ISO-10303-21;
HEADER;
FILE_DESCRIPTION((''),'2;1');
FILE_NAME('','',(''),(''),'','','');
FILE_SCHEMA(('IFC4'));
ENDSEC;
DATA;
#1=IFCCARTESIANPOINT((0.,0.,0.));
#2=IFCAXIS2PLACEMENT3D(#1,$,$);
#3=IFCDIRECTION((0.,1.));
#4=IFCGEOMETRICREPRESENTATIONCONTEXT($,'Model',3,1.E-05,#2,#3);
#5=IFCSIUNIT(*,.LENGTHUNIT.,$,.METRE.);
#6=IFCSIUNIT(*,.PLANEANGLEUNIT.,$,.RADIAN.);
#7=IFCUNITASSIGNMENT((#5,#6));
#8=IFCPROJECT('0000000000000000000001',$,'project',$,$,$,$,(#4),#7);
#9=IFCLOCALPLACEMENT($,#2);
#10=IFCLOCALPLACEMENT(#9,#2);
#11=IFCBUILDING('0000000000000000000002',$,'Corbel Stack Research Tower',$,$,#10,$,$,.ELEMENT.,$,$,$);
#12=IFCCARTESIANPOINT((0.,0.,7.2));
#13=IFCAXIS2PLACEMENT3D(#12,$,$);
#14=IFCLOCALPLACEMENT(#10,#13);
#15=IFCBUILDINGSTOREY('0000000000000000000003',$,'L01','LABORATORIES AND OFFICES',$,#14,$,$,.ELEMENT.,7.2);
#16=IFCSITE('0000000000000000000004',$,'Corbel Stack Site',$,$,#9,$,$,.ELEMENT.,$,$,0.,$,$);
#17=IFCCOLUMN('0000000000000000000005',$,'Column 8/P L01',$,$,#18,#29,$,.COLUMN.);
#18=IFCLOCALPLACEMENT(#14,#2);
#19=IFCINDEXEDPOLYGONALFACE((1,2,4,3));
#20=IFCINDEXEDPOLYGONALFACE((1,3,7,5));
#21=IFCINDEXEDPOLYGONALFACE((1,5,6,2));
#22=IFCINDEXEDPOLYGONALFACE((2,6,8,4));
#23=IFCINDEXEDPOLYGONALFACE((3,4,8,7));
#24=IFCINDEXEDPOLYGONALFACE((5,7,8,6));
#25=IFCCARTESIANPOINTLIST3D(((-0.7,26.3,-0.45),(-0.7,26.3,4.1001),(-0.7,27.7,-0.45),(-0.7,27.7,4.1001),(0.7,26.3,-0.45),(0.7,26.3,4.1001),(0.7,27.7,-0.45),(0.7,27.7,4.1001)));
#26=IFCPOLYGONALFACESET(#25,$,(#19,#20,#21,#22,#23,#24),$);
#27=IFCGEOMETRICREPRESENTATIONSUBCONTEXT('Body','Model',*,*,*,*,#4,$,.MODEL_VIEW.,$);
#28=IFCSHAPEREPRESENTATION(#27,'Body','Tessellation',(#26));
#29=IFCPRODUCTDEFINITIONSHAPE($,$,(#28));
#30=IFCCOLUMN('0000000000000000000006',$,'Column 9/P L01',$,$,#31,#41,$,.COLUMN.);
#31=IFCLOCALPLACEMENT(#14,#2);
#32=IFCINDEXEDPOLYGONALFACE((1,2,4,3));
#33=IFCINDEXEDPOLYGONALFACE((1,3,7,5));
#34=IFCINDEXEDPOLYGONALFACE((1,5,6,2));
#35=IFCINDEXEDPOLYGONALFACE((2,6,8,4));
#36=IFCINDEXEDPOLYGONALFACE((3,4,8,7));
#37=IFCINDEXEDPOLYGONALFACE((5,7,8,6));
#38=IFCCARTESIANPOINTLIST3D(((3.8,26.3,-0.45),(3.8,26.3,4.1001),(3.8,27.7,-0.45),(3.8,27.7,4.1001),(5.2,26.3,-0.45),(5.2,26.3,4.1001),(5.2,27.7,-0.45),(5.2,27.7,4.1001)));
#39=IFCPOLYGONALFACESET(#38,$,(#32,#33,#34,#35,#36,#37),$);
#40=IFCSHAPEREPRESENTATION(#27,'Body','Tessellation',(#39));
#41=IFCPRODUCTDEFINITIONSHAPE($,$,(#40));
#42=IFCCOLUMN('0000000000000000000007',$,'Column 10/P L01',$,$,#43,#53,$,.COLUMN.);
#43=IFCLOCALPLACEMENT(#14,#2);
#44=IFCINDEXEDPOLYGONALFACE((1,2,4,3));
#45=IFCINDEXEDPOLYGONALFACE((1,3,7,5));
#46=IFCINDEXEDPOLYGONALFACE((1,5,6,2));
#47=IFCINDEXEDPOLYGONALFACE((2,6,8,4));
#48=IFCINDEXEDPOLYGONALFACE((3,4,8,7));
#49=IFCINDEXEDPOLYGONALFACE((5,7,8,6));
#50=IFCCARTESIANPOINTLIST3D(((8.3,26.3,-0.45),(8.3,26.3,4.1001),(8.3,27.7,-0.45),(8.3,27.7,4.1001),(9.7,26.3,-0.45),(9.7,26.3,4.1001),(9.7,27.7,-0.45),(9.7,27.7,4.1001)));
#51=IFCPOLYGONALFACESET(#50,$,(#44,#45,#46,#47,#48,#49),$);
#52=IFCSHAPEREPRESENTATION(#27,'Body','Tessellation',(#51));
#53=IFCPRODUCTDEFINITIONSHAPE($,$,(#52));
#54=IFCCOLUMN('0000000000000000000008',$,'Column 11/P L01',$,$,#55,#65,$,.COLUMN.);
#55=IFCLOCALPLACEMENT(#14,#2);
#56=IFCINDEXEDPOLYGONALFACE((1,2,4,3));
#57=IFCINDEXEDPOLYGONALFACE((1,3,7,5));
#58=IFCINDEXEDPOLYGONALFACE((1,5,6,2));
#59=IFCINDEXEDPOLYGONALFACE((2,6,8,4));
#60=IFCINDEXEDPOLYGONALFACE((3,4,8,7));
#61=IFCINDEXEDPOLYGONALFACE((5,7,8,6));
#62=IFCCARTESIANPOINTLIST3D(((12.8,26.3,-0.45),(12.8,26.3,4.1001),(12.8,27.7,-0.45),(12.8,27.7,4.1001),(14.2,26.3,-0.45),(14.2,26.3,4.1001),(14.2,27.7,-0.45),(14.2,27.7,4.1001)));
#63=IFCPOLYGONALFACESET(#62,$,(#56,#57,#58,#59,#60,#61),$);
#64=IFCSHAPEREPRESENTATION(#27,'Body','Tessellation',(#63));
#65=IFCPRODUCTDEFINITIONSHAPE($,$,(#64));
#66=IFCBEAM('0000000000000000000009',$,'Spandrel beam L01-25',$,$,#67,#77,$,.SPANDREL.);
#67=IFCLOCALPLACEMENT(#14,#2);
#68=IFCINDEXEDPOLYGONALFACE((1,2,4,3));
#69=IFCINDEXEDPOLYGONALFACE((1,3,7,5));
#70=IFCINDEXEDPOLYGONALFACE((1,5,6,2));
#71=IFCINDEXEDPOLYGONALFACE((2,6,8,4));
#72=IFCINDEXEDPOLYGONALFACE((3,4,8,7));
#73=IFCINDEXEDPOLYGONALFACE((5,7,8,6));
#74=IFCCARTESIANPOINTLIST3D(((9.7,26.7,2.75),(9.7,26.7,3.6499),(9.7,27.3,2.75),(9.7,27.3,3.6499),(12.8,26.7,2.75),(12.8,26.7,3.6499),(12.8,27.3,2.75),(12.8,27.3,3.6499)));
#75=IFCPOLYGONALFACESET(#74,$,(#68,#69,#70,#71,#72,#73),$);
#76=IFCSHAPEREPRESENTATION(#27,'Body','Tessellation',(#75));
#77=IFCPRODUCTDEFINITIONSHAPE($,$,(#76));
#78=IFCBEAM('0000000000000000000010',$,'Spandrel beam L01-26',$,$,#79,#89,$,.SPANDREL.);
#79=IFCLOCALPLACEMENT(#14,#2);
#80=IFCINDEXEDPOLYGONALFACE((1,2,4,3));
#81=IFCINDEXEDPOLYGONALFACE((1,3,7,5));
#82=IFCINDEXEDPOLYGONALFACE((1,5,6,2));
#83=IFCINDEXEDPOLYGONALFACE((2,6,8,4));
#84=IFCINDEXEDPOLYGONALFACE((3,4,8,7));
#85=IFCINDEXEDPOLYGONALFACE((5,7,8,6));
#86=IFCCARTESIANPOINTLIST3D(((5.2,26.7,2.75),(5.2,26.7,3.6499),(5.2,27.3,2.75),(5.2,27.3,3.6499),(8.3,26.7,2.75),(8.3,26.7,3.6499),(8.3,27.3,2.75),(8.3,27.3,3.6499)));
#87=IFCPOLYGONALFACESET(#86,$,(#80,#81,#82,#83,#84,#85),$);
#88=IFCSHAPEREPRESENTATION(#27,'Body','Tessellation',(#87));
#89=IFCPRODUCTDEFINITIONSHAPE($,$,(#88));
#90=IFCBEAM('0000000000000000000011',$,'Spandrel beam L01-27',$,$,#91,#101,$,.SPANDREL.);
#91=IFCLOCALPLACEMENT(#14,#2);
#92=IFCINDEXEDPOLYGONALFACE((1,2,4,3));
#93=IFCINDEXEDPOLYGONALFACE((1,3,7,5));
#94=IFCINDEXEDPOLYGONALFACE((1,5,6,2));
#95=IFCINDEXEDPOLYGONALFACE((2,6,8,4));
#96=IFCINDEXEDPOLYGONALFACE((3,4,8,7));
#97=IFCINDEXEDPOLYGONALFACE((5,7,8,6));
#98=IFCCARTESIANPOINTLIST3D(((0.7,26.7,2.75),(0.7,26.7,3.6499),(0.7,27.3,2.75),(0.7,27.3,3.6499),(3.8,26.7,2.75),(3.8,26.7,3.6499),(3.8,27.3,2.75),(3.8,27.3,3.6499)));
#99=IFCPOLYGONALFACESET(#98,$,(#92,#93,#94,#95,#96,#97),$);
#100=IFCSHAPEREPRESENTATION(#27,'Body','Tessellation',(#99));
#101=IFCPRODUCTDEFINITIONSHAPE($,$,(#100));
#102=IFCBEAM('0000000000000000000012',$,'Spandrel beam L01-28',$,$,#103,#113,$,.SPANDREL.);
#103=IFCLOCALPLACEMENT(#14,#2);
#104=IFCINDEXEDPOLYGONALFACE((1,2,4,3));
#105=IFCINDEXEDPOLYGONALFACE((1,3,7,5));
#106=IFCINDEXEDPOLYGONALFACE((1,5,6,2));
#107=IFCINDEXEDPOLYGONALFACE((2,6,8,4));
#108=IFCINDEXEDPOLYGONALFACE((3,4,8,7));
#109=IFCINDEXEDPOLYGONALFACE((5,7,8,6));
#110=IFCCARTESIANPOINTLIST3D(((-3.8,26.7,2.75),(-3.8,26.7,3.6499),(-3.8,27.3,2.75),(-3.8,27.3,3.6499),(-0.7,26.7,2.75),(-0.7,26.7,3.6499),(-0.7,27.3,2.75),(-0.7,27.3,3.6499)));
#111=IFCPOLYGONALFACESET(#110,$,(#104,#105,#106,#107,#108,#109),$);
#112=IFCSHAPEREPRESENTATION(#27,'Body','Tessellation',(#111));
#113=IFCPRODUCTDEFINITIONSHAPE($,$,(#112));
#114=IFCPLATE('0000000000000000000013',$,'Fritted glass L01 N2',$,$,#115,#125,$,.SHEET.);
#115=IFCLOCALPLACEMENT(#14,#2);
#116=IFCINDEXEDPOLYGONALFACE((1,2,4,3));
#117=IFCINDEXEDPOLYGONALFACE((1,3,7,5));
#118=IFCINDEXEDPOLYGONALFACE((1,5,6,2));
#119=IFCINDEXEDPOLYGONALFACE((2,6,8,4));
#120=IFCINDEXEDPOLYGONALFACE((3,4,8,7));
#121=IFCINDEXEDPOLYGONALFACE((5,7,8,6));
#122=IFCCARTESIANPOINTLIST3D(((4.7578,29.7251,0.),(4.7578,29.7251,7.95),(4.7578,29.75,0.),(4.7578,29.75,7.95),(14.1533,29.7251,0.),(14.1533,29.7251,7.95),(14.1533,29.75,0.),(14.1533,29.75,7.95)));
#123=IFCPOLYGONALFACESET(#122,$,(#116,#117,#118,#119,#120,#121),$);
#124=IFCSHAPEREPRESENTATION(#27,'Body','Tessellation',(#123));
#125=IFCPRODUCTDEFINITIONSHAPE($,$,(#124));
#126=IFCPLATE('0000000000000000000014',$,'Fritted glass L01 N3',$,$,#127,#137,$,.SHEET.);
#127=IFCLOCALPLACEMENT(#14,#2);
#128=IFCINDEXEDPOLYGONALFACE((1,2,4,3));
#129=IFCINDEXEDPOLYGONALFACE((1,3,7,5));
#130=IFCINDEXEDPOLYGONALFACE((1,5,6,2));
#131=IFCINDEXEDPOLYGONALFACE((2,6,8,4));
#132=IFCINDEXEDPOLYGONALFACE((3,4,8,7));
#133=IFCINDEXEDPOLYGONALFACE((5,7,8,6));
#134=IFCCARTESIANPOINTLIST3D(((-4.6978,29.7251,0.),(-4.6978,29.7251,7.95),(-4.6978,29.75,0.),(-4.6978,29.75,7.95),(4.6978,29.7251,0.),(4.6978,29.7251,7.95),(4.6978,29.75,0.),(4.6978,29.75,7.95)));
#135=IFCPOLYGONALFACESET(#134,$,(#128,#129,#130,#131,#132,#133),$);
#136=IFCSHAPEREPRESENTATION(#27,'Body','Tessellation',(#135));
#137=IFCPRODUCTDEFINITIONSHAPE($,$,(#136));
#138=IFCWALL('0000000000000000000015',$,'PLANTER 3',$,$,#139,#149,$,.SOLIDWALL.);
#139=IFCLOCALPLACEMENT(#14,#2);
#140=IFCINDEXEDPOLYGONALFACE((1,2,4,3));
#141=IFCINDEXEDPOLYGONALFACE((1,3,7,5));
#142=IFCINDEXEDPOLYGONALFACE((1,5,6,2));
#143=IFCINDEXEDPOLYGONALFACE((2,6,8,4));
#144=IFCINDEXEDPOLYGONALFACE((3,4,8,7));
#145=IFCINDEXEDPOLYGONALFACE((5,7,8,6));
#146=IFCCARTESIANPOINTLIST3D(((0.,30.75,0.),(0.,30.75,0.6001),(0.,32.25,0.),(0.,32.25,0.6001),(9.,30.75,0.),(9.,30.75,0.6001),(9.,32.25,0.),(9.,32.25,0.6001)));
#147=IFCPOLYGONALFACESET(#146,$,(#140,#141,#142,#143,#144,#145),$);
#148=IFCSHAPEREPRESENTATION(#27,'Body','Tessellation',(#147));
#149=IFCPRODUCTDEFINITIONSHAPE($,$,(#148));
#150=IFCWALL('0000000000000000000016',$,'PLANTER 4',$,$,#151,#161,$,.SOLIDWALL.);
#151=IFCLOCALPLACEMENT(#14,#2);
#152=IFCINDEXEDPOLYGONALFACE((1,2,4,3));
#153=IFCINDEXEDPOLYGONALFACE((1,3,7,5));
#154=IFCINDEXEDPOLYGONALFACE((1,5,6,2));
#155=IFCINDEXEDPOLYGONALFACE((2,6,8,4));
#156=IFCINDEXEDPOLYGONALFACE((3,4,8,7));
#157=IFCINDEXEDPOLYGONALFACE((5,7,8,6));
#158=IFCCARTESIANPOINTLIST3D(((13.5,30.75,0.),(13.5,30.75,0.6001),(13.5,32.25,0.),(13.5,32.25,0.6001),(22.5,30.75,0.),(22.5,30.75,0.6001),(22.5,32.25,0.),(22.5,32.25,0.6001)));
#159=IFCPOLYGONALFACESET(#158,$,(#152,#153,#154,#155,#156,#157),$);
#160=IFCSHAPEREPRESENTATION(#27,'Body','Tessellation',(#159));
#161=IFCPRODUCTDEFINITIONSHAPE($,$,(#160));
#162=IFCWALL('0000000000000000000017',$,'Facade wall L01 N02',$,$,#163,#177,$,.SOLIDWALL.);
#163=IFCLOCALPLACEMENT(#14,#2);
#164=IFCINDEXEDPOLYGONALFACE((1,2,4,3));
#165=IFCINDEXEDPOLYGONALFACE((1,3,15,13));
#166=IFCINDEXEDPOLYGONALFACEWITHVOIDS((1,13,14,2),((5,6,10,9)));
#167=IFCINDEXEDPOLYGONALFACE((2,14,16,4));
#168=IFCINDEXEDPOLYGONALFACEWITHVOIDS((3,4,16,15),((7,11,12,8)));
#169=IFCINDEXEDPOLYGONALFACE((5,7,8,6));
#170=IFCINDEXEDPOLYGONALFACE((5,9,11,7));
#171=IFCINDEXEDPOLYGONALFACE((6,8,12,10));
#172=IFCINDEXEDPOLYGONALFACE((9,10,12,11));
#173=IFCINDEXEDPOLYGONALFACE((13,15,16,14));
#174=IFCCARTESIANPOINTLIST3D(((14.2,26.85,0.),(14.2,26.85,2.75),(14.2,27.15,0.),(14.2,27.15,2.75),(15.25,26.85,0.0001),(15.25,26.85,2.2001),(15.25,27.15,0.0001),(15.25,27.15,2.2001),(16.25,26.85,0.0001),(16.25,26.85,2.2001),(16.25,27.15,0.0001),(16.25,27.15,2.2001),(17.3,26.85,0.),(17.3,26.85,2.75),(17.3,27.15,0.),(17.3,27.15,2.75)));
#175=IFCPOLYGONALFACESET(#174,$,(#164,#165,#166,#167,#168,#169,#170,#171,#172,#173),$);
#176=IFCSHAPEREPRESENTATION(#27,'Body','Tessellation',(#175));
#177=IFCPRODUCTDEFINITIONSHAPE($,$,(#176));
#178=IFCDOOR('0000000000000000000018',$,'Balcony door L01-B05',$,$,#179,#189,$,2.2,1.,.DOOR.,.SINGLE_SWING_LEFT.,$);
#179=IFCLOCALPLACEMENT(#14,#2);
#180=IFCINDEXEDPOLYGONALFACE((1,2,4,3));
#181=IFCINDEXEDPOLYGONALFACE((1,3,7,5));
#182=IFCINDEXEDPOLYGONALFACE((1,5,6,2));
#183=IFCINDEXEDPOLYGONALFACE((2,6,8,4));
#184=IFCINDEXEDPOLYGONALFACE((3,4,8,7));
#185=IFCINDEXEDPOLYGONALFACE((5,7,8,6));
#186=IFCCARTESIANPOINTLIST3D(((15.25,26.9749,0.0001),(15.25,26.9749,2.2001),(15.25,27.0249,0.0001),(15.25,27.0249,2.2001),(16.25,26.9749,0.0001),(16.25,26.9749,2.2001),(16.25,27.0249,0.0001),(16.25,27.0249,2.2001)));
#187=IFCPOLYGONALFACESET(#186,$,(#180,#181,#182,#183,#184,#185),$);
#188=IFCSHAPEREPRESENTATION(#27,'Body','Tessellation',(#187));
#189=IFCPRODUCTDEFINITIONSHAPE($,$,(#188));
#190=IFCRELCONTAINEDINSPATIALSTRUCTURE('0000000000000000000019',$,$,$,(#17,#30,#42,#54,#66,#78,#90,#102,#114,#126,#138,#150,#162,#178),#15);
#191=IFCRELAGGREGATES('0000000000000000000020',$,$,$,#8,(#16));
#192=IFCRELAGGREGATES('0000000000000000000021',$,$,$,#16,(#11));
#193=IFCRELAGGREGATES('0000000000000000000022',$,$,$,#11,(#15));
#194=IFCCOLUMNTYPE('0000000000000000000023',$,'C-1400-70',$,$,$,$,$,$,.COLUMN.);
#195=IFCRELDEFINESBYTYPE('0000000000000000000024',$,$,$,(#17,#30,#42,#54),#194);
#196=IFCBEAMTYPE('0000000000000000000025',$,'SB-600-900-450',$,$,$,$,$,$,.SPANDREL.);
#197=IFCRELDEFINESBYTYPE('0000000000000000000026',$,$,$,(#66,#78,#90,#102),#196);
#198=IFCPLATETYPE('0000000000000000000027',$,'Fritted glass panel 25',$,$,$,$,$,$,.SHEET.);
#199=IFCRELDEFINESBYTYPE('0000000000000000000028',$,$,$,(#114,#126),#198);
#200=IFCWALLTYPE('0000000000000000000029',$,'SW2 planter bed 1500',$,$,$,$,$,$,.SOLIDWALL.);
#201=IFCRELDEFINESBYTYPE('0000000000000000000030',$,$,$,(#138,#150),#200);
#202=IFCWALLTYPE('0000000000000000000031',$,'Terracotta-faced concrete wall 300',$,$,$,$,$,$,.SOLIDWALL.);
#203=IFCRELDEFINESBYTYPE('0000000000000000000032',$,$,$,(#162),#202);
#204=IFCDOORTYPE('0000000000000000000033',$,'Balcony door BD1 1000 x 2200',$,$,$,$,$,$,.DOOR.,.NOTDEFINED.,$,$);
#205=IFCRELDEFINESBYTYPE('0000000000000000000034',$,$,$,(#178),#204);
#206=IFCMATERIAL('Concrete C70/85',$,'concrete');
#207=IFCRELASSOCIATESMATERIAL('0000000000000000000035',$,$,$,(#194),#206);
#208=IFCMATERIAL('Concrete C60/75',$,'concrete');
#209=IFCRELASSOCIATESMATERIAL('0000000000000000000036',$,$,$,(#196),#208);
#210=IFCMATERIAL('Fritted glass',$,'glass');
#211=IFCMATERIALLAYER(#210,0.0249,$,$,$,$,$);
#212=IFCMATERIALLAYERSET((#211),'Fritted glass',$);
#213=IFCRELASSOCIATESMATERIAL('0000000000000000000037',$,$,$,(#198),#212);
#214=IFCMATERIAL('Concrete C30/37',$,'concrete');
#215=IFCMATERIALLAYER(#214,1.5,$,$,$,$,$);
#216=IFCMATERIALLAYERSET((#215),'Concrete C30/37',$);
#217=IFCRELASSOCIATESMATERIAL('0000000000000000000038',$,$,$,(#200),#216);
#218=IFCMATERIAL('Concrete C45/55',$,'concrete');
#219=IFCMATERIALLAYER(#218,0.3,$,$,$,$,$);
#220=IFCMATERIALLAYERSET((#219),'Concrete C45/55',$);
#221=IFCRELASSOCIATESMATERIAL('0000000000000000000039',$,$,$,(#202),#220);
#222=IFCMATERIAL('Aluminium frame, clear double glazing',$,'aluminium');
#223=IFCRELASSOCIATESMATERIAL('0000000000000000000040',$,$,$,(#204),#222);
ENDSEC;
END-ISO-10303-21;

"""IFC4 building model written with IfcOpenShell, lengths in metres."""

from ifc_helpers import new_model, si_unit, direction, frame, frame_2d, origin, origin_2d, place, context, subcontext, project, spatial, rectangle, extrude, material, layer, layer_set, material_profile, profile_set, type_object, element, fill, save


model = new_model("IFC4")

# Units and contexts
model_context = context("Model", 3, precision=1e-05, world=origin(), true_north=direction((0.0, 1.0)))
body_context = subcontext(model_context, "Body", "Model", "MODEL_VIEW")
ifc_project = project(units=[si_unit("LENGTHUNIT", "METRE"), si_unit("PLANEANGLEUNIT", "RADIAN")], contexts=[model_context])

# Site, building, storey
site_placement = place(None, origin())
site = spatial("IfcSite", under=ifc_project, at=site_placement, Name="Corbel Stack Site", CompositionType="ELEMENT", RefElevation=0.0)
building_placement = place(site_placement, origin())
building = spatial("IfcBuilding", under=site, at=building_placement, Name="Corbel Stack Research Tower", CompositionType="ELEMENT")
storey_placement = place(building_placement, frame((0.0, 0.0, 7.2)))
storey = spatial("IfcBuildingStorey", under=building, at=storey_placement, Name="L01", Description="LABORATORIES AND OFFICES", CompositionType="ELEMENT", Elevation=7.2)

# Columns
ifc_material_1 = material(Name="Concrete C70/85", Category="concrete")
ifc_material_profile_1 = material_profile(ifc_material_1, rectangle(XDim=1.3999, YDim=1.3999, at=origin_2d()), Name="RC 1400 x 1400")
ifc_profile_set_1 = profile_set([ifc_material_profile_1], Name="Concrete C70/85")
column_type = type_object("IfcColumnType", Name="C-1400-70", PredefinedType="COLUMN", material=ifc_profile_set_1)
for number, where, z_axis, x_axis, name in (
    (1, (0.0, 27.0, -0.45), (0.0, 0.0, 1.0), (1.0, 0.0, 0.0), "Column 8/P L01"),
    (2, (4.5, 27.0, -0.45), (0.0, 0.0, 1.0), (1.0, 0.0, 0.0), "Column 9/P L01"),
    (3, (9.0, 27.0, -0.45), (0.0, 0.0, 1.0), (1.0, 0.0, 0.0), "Column 10/P L01"),
    (4, (13.5, 27.0, -0.45), (0.0, 0.0, 1.0), (1.0, 0.0, 0.0), "Column 11/P L01"),
):
    element("IfcColumn", number, at=place(storey_placement, frame(where, z_axis=z_axis, x_axis=x_axis)), inside=storey, type_object=column_type, Name=name, PredefinedType="COLUMN", context=body_context, shape_type="SweptSolid", body=[
        extrude(rectangle(XDim=1.3999, YDim=1.3999, at=origin_2d()), origin(), (0.0, 0.0, 1.0), 4.55),
    ])

# Beams
ifc_material_2 = material(Name="Concrete C60/75", Category="concrete")
ifc_material_profile_2 = material_profile(ifc_material_2, rectangle(XDim=0.6001, YDim=0.8999, at=origin_2d()), Name="RC 600 x 900")
ifc_profile_set_2 = profile_set([ifc_material_profile_2], Name="Concrete C60/75")
beam_type = type_object("IfcBeamType", Name="SB-600-900-450", PredefinedType="SPANDREL", material=ifc_profile_set_2)
for number, where, z_axis, x_axis, name in (
    (5, (12.8, 27.0, 3.2), (-1.0, 0.0, 0.0), (0.0, -1.0, 0.0), "Spandrel beam L01-25"),
    (6, (8.3, 27.0, 3.2), (-1.0, 0.0, 0.0), (0.0, -1.0, 0.0), "Spandrel beam L01-26"),
    (7, (3.8, 27.0, 3.2), (-1.0, 0.0, 0.0), (0.0, -1.0, 0.0), "Spandrel beam L01-27"),
    (8, (-0.7, 27.0, 3.2), (-1.0, 0.0, 0.0), (0.0, -1.0, 0.0), "Spandrel beam L01-28"),
):
    element("IfcBeam", number, at=place(storey_placement, frame(where, z_axis=z_axis, x_axis=x_axis)), inside=storey, type_object=beam_type, Name=name, PredefinedType="SPANDREL", context=body_context, shape_type="SweptSolid", body=[
        extrude(rectangle(XDim=0.6001, YDim=0.8999, at=origin_2d()), origin(), (0.0, 0.0, 1.0), 3.1001),
    ])

# Plates
ifc_material_3 = material(Name="Fritted glass", Category="glass")
ifc_layer_1 = layer(ifc_material_3, 0.0249)
ifc_layer_set_1 = layer_set([ifc_layer_1], Name="Fritted glass")
plate_type = type_object("IfcPlateType", Name="Fritted glass panel 25", PredefinedType="SHEET", material=ifc_layer_set_1)
for number, where, z_axis, x_axis, name in (
    (9, (9.4556, 29.7375, 0.0), (0.0, 0.0, 1.0), (-1.0, 0.0, 0.0), "Fritted glass L01 N2"),
    (10, (0.0, 29.7375, 0.0), (0.0, 0.0, 1.0), (-1.0, 0.0, 0.0), "Fritted glass L01 N3"),
):
    element("IfcPlate", number, at=place(storey_placement, frame(where, z_axis=z_axis, x_axis=x_axis)), inside=storey, type_object=plate_type, Name=name, PredefinedType="SHEET", context=body_context, shape_type="SweptSolid", body=[
        extrude(rectangle(XDim=9.3955, YDim=0.0249, at=origin_2d()), origin(), (0.0, 0.0, 1.0), 7.95),
    ])

# Walls
ifc_material_4 = material(Name="Concrete C30/37", Category="concrete")
ifc_layer_2 = layer(ifc_material_4, 1.5)
ifc_layer_set_2 = layer_set([ifc_layer_2], Name="Concrete C30/37")
wall_type_1 = type_object("IfcWallType", Name="SW2 planter bed 1500", PredefinedType="SOLIDWALL", material=ifc_layer_set_2)
for number, where, z_axis, x_axis, name in (
    (11, (0.0, 31.5, 0.0), (0.0, 0.0, 1.0), (1.0, 0.0, 0.0), "PLANTER 3"),
    (12, (13.5, 31.5, 0.0), (0.0, 0.0, 1.0), (1.0, 0.0, 0.0), "PLANTER 4"),
):
    element("IfcWall", number, at=place(storey_placement, frame(where, z_axis=z_axis, x_axis=x_axis)), inside=storey, type_object=wall_type_1, Name=name, PredefinedType="SOLIDWALL", context=body_context, shape_type="SweptSolid", body=[
        extrude(rectangle(XDim=9.0, YDim=1.5, at=frame_2d((4.5, 0.0))), origin(), (0.0, 0.0, 1.0), 0.6001),
    ])

# Wall, opening, door
ifc_material_5 = material(Name="Concrete C45/55", Category="concrete")
ifc_layer_3 = layer(ifc_material_5, 0.3)
ifc_layer_set_3 = layer_set([ifc_layer_3], Name="Concrete C45/55")
wall_type_2 = type_object("IfcWallType", Name="Terracotta-faced concrete wall 300", PredefinedType="SOLIDWALL", material=ifc_layer_set_3)
wall_1_placement = place(storey_placement, frame((14.2, 27.0, 0.0), z_axis=(0.0, 0.0, 1.0), x_axis=(1.0, 0.0, 0.0)))
wall_1 = element("IfcWall", 13, at=wall_1_placement, inside=storey, type_object=wall_type_2, Name="Facade wall L01 N02", PredefinedType="SOLIDWALL", context=body_context, shape_type="SweptSolid", body=[
    extrude(rectangle(XDim=3.1001, YDim=0.3, at=frame_2d((1.55, 0.0))), origin(), (0.0, 0.0, 1.0), 2.75),
])
opening_1_placement = place(wall_1_placement, frame((1.05, 0.0, 0.0)))
opening_1 = element("IfcOpeningElement", 14, at=opening_1_placement, cuts=wall_1, PredefinedType="OPENING", context=body_context, shape_type="SweptSolid", body=[
    extrude(rectangle(XDim=1.0, YDim=2.2, at=frame_2d((0.5, 1.1001))), frame((0.0, 0.1599, 0.0), z_axis=(0.0, -1.0, 0.0), x_axis=(1.0, 0.0, 0.0)), (0.0, 0.0, 1.0), 0.3201),
])
ifc_material_6 = material(Name="Aluminium frame, clear double glazing", Category="aluminium")
door_type = type_object("IfcDoorType", Name="Balcony door BD1 1000 x 2200", OperationType="NOTDEFINED", PredefinedType="DOOR", material=ifc_material_6)
door_placement = place(opening_1_placement, origin())
door = element("IfcDoor", 15, at=door_placement, inside=storey, type_object=door_type, Name="Balcony door L01-B05", OperationType="SINGLE_SWING_LEFT", OverallHeight=2.2, OverallWidth=1.0, PredefinedType="DOOR", context=body_context, shape_type="SweptSolid", body=[
    extrude(rectangle(XDim=1.0, YDim=2.2, at=frame_2d((0.5, 1.1001))), frame((0.0, 0.0249, 0.0), z_axis=(0.0, -1.0, 0.0), x_axis=(1.0, 0.0, 0.0)), (0.0, 0.0, 1.0), 0.05),
])
fill(opening_1, door)

save(model, "model.ifc")
